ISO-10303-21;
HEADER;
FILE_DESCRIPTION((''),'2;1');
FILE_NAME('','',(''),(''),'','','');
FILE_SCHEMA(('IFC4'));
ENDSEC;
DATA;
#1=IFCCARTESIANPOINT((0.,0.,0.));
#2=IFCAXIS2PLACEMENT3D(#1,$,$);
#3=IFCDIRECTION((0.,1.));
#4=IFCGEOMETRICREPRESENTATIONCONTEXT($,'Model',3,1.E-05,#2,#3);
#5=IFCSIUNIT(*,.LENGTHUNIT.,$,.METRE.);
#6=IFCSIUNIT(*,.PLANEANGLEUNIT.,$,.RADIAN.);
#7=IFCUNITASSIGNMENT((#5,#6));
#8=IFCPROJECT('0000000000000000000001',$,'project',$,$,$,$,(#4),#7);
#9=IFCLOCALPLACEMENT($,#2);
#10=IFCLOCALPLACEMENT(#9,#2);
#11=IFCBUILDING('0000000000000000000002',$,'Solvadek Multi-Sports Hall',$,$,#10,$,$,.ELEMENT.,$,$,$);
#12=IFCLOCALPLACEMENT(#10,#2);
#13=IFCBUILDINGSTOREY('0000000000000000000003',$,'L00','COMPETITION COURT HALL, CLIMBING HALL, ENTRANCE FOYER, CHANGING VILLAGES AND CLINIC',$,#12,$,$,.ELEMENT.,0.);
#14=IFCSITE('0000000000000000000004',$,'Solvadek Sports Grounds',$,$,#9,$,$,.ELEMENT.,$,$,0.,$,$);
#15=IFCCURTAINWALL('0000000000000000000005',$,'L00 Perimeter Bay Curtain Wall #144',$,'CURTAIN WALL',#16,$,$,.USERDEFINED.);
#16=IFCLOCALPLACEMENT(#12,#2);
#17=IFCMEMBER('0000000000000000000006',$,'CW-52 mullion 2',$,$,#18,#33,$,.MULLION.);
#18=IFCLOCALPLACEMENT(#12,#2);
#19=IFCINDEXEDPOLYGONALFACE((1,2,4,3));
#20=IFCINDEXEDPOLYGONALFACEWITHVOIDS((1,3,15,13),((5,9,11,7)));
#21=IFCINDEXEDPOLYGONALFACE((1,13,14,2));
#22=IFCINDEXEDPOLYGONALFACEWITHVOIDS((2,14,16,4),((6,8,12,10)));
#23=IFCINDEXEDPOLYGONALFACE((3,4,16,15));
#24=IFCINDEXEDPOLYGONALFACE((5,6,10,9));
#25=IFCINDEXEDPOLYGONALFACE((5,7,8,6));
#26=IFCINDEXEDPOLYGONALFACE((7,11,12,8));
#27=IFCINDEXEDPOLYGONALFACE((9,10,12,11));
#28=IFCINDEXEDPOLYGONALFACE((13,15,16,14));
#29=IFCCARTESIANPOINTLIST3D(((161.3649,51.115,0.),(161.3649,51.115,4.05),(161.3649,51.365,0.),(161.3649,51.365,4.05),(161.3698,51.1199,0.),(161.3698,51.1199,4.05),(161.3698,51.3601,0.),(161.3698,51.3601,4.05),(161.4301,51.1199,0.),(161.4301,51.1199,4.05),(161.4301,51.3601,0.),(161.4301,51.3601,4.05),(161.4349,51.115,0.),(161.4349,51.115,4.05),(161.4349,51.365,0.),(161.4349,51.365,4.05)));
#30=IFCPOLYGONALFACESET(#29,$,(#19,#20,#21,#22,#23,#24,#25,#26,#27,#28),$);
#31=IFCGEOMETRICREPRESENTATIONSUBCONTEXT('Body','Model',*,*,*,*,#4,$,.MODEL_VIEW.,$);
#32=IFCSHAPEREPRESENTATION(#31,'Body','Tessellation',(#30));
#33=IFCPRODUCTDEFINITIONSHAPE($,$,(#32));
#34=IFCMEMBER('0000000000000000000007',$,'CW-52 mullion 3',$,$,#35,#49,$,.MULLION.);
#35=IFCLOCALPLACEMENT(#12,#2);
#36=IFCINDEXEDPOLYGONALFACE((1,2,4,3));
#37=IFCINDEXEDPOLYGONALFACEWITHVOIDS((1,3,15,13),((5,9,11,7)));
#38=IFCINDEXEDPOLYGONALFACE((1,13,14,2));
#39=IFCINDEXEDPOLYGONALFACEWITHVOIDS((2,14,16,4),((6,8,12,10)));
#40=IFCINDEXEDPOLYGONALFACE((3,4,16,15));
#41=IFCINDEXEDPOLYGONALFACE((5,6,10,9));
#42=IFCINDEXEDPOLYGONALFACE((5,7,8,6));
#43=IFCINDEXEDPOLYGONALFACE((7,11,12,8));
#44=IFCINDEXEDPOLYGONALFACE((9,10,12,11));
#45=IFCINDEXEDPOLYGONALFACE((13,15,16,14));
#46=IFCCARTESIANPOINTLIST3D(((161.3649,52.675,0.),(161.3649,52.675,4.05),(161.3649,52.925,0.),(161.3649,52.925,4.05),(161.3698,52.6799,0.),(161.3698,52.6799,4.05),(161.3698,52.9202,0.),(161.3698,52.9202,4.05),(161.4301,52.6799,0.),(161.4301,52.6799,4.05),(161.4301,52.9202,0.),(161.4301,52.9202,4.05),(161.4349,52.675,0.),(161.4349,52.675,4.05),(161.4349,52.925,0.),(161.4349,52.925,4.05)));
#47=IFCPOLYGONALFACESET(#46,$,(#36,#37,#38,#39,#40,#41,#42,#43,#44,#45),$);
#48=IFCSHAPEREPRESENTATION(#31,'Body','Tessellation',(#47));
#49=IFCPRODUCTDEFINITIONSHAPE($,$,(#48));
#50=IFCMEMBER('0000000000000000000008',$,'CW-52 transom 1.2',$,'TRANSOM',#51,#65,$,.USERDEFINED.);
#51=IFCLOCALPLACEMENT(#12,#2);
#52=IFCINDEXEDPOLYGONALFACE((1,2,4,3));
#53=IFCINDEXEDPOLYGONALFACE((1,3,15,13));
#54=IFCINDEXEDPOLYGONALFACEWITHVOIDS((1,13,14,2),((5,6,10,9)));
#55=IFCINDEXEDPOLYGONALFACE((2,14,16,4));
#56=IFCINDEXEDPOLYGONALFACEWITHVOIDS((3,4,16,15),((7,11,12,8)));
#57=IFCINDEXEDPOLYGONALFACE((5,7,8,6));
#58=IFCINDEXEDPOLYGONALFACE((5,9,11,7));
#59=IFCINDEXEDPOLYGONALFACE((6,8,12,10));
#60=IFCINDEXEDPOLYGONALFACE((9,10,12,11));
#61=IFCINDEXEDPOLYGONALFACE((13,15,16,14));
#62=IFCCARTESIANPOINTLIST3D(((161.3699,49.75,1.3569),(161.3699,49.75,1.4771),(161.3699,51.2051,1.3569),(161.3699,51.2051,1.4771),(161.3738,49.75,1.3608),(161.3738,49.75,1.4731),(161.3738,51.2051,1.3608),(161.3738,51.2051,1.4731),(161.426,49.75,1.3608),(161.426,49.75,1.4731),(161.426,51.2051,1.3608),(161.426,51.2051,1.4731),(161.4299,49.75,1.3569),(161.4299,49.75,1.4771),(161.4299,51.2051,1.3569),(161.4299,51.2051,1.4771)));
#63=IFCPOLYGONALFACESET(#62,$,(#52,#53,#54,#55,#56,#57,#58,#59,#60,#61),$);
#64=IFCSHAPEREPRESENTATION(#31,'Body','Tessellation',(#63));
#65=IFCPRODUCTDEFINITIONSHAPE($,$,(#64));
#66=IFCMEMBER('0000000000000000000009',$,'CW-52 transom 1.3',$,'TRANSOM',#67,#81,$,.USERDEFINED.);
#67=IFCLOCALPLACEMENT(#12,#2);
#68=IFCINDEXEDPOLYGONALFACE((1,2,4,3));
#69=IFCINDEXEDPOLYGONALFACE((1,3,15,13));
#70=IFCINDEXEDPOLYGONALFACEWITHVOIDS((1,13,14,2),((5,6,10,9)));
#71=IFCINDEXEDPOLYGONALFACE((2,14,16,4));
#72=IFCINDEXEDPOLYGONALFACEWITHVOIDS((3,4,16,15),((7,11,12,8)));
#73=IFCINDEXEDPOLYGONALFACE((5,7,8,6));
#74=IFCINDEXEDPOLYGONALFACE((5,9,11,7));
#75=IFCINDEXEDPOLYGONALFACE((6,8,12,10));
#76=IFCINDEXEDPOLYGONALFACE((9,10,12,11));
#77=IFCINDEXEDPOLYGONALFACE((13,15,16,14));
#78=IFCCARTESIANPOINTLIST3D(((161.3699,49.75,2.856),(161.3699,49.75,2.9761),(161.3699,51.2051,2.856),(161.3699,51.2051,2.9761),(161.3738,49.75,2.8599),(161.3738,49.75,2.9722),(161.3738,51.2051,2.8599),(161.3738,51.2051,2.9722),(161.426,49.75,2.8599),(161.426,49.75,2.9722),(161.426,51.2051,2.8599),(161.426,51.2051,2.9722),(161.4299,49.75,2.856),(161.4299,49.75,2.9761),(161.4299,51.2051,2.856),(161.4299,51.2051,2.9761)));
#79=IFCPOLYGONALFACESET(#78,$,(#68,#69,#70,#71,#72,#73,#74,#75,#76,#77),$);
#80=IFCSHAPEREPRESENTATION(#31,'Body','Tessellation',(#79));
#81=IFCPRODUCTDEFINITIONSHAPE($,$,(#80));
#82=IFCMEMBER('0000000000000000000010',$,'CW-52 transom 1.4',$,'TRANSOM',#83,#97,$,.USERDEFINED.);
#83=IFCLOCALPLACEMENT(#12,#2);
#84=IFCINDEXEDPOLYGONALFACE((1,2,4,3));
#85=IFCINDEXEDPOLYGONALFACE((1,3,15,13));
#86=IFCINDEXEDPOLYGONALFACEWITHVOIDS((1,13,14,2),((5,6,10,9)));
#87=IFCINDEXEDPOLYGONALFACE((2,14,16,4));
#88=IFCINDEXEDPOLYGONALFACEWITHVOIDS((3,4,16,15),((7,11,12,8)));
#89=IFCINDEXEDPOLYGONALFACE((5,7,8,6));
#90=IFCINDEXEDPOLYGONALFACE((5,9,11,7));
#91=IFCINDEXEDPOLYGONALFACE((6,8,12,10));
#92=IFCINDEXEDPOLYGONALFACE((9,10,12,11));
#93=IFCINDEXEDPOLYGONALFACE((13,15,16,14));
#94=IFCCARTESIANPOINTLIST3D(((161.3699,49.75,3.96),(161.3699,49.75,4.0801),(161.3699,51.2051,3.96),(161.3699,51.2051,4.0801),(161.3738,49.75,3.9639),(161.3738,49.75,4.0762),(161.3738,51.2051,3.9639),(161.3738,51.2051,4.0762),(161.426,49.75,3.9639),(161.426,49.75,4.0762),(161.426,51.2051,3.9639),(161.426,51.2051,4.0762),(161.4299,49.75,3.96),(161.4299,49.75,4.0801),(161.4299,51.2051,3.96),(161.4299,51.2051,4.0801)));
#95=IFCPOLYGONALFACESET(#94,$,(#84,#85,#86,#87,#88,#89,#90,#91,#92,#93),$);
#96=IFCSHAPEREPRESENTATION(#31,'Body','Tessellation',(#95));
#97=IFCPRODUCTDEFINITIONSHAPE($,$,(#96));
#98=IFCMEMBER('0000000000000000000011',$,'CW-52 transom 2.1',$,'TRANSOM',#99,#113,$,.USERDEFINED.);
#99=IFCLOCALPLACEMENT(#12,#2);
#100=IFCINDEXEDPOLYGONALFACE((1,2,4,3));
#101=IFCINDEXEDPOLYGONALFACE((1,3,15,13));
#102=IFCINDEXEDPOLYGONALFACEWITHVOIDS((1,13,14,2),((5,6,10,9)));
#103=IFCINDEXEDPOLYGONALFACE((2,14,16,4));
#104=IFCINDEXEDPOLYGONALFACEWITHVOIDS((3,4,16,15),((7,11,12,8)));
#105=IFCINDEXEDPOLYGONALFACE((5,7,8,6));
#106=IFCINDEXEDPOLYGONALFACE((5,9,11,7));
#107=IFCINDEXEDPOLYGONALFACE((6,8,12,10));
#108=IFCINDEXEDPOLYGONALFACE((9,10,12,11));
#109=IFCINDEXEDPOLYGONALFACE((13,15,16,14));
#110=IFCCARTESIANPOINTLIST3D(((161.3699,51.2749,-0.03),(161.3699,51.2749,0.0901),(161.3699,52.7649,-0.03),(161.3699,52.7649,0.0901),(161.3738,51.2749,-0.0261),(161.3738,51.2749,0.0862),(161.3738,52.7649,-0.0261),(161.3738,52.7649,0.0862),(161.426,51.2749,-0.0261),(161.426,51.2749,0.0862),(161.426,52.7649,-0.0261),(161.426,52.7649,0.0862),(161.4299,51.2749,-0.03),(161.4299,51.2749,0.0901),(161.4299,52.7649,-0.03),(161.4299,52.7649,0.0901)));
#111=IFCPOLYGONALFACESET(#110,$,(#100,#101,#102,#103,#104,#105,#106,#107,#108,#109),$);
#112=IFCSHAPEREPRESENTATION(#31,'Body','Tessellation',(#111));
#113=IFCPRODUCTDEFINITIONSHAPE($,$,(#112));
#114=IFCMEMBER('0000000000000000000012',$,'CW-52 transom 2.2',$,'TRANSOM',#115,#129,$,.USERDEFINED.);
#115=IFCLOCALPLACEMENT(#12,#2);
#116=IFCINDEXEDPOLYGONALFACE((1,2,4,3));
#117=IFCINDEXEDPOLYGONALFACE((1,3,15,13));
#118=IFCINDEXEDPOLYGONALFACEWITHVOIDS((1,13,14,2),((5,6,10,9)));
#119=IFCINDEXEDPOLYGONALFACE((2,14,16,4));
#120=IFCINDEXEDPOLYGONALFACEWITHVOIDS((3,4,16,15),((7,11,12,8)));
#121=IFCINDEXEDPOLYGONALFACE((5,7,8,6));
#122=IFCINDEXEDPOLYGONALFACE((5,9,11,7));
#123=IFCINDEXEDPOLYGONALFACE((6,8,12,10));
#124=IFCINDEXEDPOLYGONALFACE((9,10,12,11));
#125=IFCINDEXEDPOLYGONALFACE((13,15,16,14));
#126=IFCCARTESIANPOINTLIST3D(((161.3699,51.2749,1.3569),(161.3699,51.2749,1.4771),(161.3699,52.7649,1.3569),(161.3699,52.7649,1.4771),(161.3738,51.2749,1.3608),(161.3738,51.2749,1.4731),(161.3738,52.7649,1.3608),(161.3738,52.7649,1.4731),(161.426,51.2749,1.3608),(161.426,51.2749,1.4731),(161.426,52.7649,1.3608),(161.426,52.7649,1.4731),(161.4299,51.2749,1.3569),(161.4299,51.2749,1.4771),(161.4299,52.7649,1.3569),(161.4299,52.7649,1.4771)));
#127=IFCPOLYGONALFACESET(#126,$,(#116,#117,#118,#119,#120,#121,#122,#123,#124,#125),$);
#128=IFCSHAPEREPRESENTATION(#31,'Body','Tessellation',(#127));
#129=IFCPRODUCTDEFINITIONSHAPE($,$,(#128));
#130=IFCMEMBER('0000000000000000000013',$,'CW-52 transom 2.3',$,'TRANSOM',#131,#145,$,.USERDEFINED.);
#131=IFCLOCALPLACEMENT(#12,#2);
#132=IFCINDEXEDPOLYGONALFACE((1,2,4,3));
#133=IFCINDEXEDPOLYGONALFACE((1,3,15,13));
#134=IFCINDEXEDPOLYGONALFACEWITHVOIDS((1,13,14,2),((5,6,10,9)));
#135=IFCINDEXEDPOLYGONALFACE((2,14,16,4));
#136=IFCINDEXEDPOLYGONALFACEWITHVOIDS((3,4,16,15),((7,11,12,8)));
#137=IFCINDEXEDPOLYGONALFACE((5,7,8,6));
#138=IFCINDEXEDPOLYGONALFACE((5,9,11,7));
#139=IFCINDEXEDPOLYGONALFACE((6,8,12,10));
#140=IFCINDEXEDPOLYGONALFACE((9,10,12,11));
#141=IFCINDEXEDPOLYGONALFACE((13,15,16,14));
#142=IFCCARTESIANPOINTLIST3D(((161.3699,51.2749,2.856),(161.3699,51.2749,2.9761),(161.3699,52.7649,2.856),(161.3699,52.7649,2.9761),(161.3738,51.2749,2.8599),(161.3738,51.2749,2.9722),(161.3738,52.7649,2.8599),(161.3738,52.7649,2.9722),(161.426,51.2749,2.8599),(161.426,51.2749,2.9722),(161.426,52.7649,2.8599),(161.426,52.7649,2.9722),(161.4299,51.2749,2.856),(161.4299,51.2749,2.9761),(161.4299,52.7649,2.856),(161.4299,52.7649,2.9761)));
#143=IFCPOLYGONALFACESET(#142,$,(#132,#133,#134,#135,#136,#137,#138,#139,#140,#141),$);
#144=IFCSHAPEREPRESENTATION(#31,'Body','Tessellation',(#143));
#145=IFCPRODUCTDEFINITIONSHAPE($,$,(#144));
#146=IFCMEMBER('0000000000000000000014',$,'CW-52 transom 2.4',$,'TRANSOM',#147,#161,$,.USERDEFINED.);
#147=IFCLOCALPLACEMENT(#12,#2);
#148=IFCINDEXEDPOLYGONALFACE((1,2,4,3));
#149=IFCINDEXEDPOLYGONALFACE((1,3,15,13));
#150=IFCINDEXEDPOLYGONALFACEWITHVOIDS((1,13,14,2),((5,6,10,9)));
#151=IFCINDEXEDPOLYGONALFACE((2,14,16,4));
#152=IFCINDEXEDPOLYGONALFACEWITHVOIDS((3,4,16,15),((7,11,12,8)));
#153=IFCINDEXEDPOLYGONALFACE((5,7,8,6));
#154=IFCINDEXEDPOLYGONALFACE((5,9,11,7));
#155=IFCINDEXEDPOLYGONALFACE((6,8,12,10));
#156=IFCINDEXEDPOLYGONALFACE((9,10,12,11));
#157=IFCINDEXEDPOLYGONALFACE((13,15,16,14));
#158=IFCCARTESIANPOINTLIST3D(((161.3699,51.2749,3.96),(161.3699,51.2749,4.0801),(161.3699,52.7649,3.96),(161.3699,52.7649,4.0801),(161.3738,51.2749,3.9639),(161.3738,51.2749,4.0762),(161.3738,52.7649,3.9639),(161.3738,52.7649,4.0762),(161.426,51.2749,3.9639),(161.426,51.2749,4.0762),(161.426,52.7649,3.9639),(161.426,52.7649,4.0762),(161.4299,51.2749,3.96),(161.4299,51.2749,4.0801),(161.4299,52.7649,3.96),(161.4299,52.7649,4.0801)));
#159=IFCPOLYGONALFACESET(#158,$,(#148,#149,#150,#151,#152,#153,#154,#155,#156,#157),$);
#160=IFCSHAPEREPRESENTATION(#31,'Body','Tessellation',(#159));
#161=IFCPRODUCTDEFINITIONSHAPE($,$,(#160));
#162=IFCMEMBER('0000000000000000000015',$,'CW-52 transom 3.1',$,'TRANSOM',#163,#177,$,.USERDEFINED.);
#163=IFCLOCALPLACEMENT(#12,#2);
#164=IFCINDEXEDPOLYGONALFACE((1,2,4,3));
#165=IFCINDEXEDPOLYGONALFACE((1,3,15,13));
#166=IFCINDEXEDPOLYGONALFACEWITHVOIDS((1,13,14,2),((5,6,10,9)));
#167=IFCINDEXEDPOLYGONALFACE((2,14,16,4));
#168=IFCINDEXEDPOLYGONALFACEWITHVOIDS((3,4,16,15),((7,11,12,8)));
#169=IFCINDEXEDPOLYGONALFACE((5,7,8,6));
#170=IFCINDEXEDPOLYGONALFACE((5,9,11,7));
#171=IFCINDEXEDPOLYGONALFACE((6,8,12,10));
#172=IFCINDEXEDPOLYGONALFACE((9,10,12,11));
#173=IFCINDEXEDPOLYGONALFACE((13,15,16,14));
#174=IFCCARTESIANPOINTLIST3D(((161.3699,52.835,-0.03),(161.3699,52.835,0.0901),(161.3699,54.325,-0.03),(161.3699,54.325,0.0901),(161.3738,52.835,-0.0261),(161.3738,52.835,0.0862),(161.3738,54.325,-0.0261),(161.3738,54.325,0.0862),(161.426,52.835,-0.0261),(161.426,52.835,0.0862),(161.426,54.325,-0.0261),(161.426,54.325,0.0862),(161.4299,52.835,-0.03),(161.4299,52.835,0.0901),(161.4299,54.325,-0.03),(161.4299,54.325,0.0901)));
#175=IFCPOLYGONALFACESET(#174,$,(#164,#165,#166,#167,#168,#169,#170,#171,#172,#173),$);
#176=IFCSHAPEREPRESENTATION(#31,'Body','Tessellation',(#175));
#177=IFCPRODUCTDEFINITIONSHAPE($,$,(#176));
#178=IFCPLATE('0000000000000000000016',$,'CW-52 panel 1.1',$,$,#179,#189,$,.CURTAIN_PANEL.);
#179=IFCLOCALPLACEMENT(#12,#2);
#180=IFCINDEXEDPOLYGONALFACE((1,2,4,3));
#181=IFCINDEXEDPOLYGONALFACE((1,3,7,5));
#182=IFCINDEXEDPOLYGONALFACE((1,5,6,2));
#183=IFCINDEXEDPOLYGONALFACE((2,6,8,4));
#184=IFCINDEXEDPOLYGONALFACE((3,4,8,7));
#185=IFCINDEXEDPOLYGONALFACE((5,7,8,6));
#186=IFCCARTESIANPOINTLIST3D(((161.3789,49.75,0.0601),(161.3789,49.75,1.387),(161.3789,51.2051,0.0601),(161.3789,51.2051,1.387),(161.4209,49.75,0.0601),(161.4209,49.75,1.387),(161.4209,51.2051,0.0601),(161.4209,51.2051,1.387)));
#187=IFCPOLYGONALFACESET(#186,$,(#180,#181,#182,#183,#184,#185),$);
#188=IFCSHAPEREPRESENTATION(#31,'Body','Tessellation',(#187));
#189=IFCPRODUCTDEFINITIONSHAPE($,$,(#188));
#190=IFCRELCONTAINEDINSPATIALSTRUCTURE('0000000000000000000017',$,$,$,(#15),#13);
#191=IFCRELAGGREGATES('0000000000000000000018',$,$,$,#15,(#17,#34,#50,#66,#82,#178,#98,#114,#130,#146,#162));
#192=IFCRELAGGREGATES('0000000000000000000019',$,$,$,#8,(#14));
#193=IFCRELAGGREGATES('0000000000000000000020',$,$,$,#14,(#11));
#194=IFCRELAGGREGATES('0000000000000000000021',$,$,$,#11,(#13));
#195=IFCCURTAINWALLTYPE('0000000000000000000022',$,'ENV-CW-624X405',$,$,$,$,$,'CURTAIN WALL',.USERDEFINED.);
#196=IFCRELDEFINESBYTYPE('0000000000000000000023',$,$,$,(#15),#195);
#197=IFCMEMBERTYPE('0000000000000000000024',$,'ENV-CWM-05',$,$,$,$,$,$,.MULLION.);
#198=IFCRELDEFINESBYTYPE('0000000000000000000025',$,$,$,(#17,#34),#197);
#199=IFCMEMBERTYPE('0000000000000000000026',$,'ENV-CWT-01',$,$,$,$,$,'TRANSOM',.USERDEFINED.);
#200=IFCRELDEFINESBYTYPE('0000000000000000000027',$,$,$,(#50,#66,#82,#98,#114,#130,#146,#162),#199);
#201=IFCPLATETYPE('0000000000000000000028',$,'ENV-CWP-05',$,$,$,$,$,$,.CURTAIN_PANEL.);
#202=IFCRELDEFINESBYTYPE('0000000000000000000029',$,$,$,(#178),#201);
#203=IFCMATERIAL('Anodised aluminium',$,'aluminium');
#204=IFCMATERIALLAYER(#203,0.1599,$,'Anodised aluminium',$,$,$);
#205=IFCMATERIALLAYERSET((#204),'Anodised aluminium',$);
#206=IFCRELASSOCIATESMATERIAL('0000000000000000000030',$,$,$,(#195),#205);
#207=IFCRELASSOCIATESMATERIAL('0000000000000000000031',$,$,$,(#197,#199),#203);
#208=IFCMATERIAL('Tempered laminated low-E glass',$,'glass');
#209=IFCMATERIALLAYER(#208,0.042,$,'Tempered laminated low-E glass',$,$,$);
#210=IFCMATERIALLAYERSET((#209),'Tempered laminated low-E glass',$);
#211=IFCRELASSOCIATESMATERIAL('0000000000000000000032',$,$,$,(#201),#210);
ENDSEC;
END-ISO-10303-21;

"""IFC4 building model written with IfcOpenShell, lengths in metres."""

from ifc_helpers import new_model, si_unit, direction, frame, origin, origin_2d, place, context, subcontext, project, spatial, rectangle, hollow_rectangle, extrude, material, layer, layer_set, material_profile, profile_set, type_object, element, aggregate, save


model = new_model("IFC4")

# Units and contexts
model_context = context("Model", 3, precision=1e-05, world=origin(), true_north=direction((0.0, 1.0)))
body_context = subcontext(model_context, "Body", "Model", "MODEL_VIEW")
ifc_project = project(units=[si_unit("LENGTHUNIT", "METRE"), si_unit("PLANEANGLEUNIT", "RADIAN")], contexts=[model_context])

# Site, building, storey
site_placement = place(None, origin())
site = spatial("IfcSite", under=ifc_project, at=site_placement, Name="Solvadek Sports Grounds", CompositionType="ELEMENT", RefElevation=0.0)
building_placement = place(site_placement, origin())
building = spatial("IfcBuilding", under=site, at=building_placement, Name="Solvadek Multi-Sports Hall", CompositionType="ELEMENT")
storey_placement = place(building_placement, origin())
storey = spatial("IfcBuildingStorey", under=building, at=storey_placement, Name="L00", Description="COMPETITION COURT HALL, CLIMBING HALL, ENTRANCE FOYER, CHANGING VILLAGES AND CLINIC", CompositionType="ELEMENT", Elevation=0.0)

# Curtain wall, members, plate
ifc_material_1 = material(Name="Anodised aluminium", Category="aluminium")
ifc_layer_1 = layer(ifc_material_1, 0.1599, Name="Anodised aluminium")
ifc_layer_set_1 = layer_set([ifc_layer_1], Name="Anodised aluminium")
curtain_wall_type = type_object("IfcCurtainWallType", Name="ENV-CW-624X405", ElementType="CURTAIN WALL", PredefinedType="USERDEFINED", material=ifc_layer_set_1)
curtain_wall_placement = place(storey_placement, origin())
curtain_wall = element("IfcCurtainWall", 1, at=curtain_wall_placement, inside=storey, type_object=curtain_wall_type, Name="L00 Perimeter Bay Curtain Wall #144", ObjectType="CURTAIN WALL", PredefinedType="USERDEFINED")
ifc_material_profile_1 = material_profile(ifc_material_1, hollow_rectangle(XDim=0.0701, YDim=0.25, WallThickness=0.0049, at=origin_2d()), Name="ALU-M 250x70x5")
ifc_profile_set_1 = profile_set([ifc_material_profile_1], Name="Anodised aluminium")
member_type_1 = type_object("IfcMemberType", Name="ENV-CWM-05", PredefinedType="MULLION", material=ifc_profile_set_1)
member_1_placement = place(storey_placement, frame((161.3999, 51.24, 0.0), z_axis=(0.0, 0.0, 1.0), x_axis=(-1.0, 0.0, 0.0)))
member_1 = element("IfcMember", 2, at=member_1_placement, type_object=member_type_1, Name="CW-52 mullion 2", PredefinedType="MULLION", context=body_context, shape_type="SweptSolid", body=[
    extrude(hollow_rectangle(XDim=0.0701, YDim=0.25, WallThickness=0.0049, at=origin_2d()), origin(), (0.0, 0.0, 1.0), 4.05),
])
member_2_placement = place(storey_placement, frame((161.3999, 52.8, 0.0), z_axis=(0.0, 0.0, 1.0), x_axis=(-1.0, 0.0, 0.0)))
member_2 = element("IfcMember", 3, at=member_2_placement, type_object=member_type_1, Name="CW-52 mullion 3", PredefinedType="MULLION", context=body_context, shape_type="SweptSolid", body=[
    extrude(hollow_rectangle(XDim=0.0701, YDim=0.25, WallThickness=0.0049, at=origin_2d()), origin(), (0.0, 0.0, 1.0), 4.05),
])
ifc_material_profile_2 = material_profile(ifc_material_1, hollow_rectangle(XDim=0.0601, YDim=0.1201, WallThickness=0.0039, at=origin_2d()), Name="ALU-T 120x60x4")
ifc_profile_set_2 = profile_set([ifc_material_profile_2], Name="Anodised aluminium")
member_type_2 = type_object("IfcMemberType", Name="ENV-CWT-01", ElementType="TRANSOM", PredefinedType="USERDEFINED", material=ifc_profile_set_2)
member_3_placement = place(storey_placement, frame((161.3999, 49.75, 1.417), z_axis=(0.0, 1.0, 0.0), x_axis=(-1.0, 0.0, 0.0)))
member_3 = element("IfcMember", 4, at=member_3_placement, type_object=member_type_2, Name="CW-52 transom 1.2", ObjectType="TRANSOM", PredefinedType="USERDEFINED", context=body_context, shape_type="SweptSolid", body=[
    extrude(hollow_rectangle(XDim=0.0601, YDim=0.1201, WallThickness=0.0039, at=origin_2d()), origin(), (0.0, 0.0, 1.0), 1.4551),
])
member_4_placement = place(storey_placement, frame((161.3999, 49.75, 2.916), z_axis=(0.0, 1.0, 0.0), x_axis=(-1.0, 0.0, 0.0)))
member_4 = element("IfcMember", 5, at=member_4_placement, type_object=member_type_2, Name="CW-52 transom 1.3", ObjectType="TRANSOM", PredefinedType="USERDEFINED", context=body_context, shape_type="SweptSolid", body=[
    extrude(hollow_rectangle(XDim=0.0601, YDim=0.1201, WallThickness=0.0039, at=origin_2d()), origin(), (0.0, 0.0, 1.0), 1.4551),
])
member_5_placement = place(storey_placement, frame((161.3999, 49.75, 4.02), z_axis=(0.0, 1.0, 0.0), x_axis=(-1.0, 0.0, 0.0)))
member_5 = element("IfcMember", 6, at=member_5_placement, type_object=member_type_2, Name="CW-52 transom 1.4", ObjectType="TRANSOM", PredefinedType="USERDEFINED", context=body_context, shape_type="SweptSolid", body=[
    extrude(hollow_rectangle(XDim=0.0601, YDim=0.1201, WallThickness=0.0039, at=origin_2d()), origin(), (0.0, 0.0, 1.0), 1.4551),
])
member_6_placement = place(storey_placement, frame((161.3999, 51.2749, 0.03), z_axis=(0.0, 1.0, 0.0), x_axis=(-1.0, 0.0, 0.0)))
member_6 = element("IfcMember", 7, at=member_6_placement, type_object=member_type_2, Name="CW-52 transom 2.1", ObjectType="TRANSOM", PredefinedType="USERDEFINED", context=body_context, shape_type="SweptSolid", body=[
    extrude(hollow_rectangle(XDim=0.0601, YDim=0.1201, WallThickness=0.0039, at=origin_2d()), origin(), (0.0, 0.0, 1.0), 1.49),
])
member_7_placement = place(storey_placement, frame((161.3999, 51.2749, 1.417), z_axis=(0.0, 1.0, 0.0), x_axis=(-1.0, 0.0, 0.0)))
member_7 = element("IfcMember", 8, at=member_7_placement, type_object=member_type_2, Name="CW-52 transom 2.2", ObjectType="TRANSOM", PredefinedType="USERDEFINED", context=body_context, shape_type="SweptSolid", body=[
    extrude(hollow_rectangle(XDim=0.0601, YDim=0.1201, WallThickness=0.0039, at=origin_2d()), origin(), (0.0, 0.0, 1.0), 1.49),
])
member_8_placement = place(storey_placement, frame((161.3999, 51.2749, 2.916), z_axis=(0.0, 1.0, 0.0), x_axis=(-1.0, 0.0, 0.0)))
member_8 = element("IfcMember", 9, at=member_8_placement, type_object=member_type_2, Name="CW-52 transom 2.3", ObjectType="TRANSOM", PredefinedType="USERDEFINED", context=body_context, shape_type="SweptSolid", body=[
    extrude(hollow_rectangle(XDim=0.0601, YDim=0.1201, WallThickness=0.0039, at=origin_2d()), origin(), (0.0, 0.0, 1.0), 1.49),
])
member_9_placement = place(storey_placement, frame((161.3999, 51.2749, 4.02), z_axis=(0.0, 1.0, 0.0), x_axis=(-1.0, 0.0, 0.0)))
member_9 = element("IfcMember", 10, at=member_9_placement, type_object=member_type_2, Name="CW-52 transom 2.4", ObjectType="TRANSOM", PredefinedType="USERDEFINED", context=body_context, shape_type="SweptSolid", body=[
    extrude(hollow_rectangle(XDim=0.0601, YDim=0.1201, WallThickness=0.0039, at=origin_2d()), origin(), (0.0, 0.0, 1.0), 1.49),
])
member_10_placement = place(storey_placement, frame((161.3999, 52.835, 0.03), z_axis=(0.0, 1.0, 0.0), x_axis=(-1.0, 0.0, 0.0)))
member_10 = element("IfcMember", 11, at=member_10_placement, type_object=member_type_2, Name="CW-52 transom 3.1", ObjectType="TRANSOM", PredefinedType="USERDEFINED", context=body_context, shape_type="SweptSolid", body=[
    extrude(hollow_rectangle(XDim=0.0601, YDim=0.1201, WallThickness=0.0039, at=origin_2d()), origin(), (0.0, 0.0, 1.0), 1.49),
])
ifc_material_2 = material(Name="Tempered laminated low-E glass", Category="glass")
ifc_layer_2 = layer(ifc_material_2, 0.042, Name="Tempered laminated low-E glass")
ifc_layer_set_2 = layer_set([ifc_layer_2], Name="Tempered laminated low-E glass")
plate_type_1 = type_object("IfcPlateType", Name="ENV-CWP-05", PredefinedType="CURTAIN_PANEL", material=ifc_layer_set_2)
plate_1_placement = place(storey_placement, frame((161.3999, 50.4775, 0.0601), z_axis=(0.0, 0.0, 1.0), x_axis=(0.0, 1.0, 0.0)))
plate_1 = element("IfcPlate", 12, at=plate_1_placement, type_object=plate_type_1, Name="CW-52 panel 1.1", PredefinedType="CURTAIN_PANEL", context=body_context, shape_type="SweptSolid", body=[
    extrude(rectangle(XDim=1.4551, YDim=0.042, at=origin_2d()), origin(), (0.0, 0.0, 1.0), 1.3269),
])
aggregate(curtain_wall, [member_1, member_2, member_3, member_4, member_5, plate_1, member_6, member_7, member_8, member_9, member_10])

save(model, "model.ifc")
